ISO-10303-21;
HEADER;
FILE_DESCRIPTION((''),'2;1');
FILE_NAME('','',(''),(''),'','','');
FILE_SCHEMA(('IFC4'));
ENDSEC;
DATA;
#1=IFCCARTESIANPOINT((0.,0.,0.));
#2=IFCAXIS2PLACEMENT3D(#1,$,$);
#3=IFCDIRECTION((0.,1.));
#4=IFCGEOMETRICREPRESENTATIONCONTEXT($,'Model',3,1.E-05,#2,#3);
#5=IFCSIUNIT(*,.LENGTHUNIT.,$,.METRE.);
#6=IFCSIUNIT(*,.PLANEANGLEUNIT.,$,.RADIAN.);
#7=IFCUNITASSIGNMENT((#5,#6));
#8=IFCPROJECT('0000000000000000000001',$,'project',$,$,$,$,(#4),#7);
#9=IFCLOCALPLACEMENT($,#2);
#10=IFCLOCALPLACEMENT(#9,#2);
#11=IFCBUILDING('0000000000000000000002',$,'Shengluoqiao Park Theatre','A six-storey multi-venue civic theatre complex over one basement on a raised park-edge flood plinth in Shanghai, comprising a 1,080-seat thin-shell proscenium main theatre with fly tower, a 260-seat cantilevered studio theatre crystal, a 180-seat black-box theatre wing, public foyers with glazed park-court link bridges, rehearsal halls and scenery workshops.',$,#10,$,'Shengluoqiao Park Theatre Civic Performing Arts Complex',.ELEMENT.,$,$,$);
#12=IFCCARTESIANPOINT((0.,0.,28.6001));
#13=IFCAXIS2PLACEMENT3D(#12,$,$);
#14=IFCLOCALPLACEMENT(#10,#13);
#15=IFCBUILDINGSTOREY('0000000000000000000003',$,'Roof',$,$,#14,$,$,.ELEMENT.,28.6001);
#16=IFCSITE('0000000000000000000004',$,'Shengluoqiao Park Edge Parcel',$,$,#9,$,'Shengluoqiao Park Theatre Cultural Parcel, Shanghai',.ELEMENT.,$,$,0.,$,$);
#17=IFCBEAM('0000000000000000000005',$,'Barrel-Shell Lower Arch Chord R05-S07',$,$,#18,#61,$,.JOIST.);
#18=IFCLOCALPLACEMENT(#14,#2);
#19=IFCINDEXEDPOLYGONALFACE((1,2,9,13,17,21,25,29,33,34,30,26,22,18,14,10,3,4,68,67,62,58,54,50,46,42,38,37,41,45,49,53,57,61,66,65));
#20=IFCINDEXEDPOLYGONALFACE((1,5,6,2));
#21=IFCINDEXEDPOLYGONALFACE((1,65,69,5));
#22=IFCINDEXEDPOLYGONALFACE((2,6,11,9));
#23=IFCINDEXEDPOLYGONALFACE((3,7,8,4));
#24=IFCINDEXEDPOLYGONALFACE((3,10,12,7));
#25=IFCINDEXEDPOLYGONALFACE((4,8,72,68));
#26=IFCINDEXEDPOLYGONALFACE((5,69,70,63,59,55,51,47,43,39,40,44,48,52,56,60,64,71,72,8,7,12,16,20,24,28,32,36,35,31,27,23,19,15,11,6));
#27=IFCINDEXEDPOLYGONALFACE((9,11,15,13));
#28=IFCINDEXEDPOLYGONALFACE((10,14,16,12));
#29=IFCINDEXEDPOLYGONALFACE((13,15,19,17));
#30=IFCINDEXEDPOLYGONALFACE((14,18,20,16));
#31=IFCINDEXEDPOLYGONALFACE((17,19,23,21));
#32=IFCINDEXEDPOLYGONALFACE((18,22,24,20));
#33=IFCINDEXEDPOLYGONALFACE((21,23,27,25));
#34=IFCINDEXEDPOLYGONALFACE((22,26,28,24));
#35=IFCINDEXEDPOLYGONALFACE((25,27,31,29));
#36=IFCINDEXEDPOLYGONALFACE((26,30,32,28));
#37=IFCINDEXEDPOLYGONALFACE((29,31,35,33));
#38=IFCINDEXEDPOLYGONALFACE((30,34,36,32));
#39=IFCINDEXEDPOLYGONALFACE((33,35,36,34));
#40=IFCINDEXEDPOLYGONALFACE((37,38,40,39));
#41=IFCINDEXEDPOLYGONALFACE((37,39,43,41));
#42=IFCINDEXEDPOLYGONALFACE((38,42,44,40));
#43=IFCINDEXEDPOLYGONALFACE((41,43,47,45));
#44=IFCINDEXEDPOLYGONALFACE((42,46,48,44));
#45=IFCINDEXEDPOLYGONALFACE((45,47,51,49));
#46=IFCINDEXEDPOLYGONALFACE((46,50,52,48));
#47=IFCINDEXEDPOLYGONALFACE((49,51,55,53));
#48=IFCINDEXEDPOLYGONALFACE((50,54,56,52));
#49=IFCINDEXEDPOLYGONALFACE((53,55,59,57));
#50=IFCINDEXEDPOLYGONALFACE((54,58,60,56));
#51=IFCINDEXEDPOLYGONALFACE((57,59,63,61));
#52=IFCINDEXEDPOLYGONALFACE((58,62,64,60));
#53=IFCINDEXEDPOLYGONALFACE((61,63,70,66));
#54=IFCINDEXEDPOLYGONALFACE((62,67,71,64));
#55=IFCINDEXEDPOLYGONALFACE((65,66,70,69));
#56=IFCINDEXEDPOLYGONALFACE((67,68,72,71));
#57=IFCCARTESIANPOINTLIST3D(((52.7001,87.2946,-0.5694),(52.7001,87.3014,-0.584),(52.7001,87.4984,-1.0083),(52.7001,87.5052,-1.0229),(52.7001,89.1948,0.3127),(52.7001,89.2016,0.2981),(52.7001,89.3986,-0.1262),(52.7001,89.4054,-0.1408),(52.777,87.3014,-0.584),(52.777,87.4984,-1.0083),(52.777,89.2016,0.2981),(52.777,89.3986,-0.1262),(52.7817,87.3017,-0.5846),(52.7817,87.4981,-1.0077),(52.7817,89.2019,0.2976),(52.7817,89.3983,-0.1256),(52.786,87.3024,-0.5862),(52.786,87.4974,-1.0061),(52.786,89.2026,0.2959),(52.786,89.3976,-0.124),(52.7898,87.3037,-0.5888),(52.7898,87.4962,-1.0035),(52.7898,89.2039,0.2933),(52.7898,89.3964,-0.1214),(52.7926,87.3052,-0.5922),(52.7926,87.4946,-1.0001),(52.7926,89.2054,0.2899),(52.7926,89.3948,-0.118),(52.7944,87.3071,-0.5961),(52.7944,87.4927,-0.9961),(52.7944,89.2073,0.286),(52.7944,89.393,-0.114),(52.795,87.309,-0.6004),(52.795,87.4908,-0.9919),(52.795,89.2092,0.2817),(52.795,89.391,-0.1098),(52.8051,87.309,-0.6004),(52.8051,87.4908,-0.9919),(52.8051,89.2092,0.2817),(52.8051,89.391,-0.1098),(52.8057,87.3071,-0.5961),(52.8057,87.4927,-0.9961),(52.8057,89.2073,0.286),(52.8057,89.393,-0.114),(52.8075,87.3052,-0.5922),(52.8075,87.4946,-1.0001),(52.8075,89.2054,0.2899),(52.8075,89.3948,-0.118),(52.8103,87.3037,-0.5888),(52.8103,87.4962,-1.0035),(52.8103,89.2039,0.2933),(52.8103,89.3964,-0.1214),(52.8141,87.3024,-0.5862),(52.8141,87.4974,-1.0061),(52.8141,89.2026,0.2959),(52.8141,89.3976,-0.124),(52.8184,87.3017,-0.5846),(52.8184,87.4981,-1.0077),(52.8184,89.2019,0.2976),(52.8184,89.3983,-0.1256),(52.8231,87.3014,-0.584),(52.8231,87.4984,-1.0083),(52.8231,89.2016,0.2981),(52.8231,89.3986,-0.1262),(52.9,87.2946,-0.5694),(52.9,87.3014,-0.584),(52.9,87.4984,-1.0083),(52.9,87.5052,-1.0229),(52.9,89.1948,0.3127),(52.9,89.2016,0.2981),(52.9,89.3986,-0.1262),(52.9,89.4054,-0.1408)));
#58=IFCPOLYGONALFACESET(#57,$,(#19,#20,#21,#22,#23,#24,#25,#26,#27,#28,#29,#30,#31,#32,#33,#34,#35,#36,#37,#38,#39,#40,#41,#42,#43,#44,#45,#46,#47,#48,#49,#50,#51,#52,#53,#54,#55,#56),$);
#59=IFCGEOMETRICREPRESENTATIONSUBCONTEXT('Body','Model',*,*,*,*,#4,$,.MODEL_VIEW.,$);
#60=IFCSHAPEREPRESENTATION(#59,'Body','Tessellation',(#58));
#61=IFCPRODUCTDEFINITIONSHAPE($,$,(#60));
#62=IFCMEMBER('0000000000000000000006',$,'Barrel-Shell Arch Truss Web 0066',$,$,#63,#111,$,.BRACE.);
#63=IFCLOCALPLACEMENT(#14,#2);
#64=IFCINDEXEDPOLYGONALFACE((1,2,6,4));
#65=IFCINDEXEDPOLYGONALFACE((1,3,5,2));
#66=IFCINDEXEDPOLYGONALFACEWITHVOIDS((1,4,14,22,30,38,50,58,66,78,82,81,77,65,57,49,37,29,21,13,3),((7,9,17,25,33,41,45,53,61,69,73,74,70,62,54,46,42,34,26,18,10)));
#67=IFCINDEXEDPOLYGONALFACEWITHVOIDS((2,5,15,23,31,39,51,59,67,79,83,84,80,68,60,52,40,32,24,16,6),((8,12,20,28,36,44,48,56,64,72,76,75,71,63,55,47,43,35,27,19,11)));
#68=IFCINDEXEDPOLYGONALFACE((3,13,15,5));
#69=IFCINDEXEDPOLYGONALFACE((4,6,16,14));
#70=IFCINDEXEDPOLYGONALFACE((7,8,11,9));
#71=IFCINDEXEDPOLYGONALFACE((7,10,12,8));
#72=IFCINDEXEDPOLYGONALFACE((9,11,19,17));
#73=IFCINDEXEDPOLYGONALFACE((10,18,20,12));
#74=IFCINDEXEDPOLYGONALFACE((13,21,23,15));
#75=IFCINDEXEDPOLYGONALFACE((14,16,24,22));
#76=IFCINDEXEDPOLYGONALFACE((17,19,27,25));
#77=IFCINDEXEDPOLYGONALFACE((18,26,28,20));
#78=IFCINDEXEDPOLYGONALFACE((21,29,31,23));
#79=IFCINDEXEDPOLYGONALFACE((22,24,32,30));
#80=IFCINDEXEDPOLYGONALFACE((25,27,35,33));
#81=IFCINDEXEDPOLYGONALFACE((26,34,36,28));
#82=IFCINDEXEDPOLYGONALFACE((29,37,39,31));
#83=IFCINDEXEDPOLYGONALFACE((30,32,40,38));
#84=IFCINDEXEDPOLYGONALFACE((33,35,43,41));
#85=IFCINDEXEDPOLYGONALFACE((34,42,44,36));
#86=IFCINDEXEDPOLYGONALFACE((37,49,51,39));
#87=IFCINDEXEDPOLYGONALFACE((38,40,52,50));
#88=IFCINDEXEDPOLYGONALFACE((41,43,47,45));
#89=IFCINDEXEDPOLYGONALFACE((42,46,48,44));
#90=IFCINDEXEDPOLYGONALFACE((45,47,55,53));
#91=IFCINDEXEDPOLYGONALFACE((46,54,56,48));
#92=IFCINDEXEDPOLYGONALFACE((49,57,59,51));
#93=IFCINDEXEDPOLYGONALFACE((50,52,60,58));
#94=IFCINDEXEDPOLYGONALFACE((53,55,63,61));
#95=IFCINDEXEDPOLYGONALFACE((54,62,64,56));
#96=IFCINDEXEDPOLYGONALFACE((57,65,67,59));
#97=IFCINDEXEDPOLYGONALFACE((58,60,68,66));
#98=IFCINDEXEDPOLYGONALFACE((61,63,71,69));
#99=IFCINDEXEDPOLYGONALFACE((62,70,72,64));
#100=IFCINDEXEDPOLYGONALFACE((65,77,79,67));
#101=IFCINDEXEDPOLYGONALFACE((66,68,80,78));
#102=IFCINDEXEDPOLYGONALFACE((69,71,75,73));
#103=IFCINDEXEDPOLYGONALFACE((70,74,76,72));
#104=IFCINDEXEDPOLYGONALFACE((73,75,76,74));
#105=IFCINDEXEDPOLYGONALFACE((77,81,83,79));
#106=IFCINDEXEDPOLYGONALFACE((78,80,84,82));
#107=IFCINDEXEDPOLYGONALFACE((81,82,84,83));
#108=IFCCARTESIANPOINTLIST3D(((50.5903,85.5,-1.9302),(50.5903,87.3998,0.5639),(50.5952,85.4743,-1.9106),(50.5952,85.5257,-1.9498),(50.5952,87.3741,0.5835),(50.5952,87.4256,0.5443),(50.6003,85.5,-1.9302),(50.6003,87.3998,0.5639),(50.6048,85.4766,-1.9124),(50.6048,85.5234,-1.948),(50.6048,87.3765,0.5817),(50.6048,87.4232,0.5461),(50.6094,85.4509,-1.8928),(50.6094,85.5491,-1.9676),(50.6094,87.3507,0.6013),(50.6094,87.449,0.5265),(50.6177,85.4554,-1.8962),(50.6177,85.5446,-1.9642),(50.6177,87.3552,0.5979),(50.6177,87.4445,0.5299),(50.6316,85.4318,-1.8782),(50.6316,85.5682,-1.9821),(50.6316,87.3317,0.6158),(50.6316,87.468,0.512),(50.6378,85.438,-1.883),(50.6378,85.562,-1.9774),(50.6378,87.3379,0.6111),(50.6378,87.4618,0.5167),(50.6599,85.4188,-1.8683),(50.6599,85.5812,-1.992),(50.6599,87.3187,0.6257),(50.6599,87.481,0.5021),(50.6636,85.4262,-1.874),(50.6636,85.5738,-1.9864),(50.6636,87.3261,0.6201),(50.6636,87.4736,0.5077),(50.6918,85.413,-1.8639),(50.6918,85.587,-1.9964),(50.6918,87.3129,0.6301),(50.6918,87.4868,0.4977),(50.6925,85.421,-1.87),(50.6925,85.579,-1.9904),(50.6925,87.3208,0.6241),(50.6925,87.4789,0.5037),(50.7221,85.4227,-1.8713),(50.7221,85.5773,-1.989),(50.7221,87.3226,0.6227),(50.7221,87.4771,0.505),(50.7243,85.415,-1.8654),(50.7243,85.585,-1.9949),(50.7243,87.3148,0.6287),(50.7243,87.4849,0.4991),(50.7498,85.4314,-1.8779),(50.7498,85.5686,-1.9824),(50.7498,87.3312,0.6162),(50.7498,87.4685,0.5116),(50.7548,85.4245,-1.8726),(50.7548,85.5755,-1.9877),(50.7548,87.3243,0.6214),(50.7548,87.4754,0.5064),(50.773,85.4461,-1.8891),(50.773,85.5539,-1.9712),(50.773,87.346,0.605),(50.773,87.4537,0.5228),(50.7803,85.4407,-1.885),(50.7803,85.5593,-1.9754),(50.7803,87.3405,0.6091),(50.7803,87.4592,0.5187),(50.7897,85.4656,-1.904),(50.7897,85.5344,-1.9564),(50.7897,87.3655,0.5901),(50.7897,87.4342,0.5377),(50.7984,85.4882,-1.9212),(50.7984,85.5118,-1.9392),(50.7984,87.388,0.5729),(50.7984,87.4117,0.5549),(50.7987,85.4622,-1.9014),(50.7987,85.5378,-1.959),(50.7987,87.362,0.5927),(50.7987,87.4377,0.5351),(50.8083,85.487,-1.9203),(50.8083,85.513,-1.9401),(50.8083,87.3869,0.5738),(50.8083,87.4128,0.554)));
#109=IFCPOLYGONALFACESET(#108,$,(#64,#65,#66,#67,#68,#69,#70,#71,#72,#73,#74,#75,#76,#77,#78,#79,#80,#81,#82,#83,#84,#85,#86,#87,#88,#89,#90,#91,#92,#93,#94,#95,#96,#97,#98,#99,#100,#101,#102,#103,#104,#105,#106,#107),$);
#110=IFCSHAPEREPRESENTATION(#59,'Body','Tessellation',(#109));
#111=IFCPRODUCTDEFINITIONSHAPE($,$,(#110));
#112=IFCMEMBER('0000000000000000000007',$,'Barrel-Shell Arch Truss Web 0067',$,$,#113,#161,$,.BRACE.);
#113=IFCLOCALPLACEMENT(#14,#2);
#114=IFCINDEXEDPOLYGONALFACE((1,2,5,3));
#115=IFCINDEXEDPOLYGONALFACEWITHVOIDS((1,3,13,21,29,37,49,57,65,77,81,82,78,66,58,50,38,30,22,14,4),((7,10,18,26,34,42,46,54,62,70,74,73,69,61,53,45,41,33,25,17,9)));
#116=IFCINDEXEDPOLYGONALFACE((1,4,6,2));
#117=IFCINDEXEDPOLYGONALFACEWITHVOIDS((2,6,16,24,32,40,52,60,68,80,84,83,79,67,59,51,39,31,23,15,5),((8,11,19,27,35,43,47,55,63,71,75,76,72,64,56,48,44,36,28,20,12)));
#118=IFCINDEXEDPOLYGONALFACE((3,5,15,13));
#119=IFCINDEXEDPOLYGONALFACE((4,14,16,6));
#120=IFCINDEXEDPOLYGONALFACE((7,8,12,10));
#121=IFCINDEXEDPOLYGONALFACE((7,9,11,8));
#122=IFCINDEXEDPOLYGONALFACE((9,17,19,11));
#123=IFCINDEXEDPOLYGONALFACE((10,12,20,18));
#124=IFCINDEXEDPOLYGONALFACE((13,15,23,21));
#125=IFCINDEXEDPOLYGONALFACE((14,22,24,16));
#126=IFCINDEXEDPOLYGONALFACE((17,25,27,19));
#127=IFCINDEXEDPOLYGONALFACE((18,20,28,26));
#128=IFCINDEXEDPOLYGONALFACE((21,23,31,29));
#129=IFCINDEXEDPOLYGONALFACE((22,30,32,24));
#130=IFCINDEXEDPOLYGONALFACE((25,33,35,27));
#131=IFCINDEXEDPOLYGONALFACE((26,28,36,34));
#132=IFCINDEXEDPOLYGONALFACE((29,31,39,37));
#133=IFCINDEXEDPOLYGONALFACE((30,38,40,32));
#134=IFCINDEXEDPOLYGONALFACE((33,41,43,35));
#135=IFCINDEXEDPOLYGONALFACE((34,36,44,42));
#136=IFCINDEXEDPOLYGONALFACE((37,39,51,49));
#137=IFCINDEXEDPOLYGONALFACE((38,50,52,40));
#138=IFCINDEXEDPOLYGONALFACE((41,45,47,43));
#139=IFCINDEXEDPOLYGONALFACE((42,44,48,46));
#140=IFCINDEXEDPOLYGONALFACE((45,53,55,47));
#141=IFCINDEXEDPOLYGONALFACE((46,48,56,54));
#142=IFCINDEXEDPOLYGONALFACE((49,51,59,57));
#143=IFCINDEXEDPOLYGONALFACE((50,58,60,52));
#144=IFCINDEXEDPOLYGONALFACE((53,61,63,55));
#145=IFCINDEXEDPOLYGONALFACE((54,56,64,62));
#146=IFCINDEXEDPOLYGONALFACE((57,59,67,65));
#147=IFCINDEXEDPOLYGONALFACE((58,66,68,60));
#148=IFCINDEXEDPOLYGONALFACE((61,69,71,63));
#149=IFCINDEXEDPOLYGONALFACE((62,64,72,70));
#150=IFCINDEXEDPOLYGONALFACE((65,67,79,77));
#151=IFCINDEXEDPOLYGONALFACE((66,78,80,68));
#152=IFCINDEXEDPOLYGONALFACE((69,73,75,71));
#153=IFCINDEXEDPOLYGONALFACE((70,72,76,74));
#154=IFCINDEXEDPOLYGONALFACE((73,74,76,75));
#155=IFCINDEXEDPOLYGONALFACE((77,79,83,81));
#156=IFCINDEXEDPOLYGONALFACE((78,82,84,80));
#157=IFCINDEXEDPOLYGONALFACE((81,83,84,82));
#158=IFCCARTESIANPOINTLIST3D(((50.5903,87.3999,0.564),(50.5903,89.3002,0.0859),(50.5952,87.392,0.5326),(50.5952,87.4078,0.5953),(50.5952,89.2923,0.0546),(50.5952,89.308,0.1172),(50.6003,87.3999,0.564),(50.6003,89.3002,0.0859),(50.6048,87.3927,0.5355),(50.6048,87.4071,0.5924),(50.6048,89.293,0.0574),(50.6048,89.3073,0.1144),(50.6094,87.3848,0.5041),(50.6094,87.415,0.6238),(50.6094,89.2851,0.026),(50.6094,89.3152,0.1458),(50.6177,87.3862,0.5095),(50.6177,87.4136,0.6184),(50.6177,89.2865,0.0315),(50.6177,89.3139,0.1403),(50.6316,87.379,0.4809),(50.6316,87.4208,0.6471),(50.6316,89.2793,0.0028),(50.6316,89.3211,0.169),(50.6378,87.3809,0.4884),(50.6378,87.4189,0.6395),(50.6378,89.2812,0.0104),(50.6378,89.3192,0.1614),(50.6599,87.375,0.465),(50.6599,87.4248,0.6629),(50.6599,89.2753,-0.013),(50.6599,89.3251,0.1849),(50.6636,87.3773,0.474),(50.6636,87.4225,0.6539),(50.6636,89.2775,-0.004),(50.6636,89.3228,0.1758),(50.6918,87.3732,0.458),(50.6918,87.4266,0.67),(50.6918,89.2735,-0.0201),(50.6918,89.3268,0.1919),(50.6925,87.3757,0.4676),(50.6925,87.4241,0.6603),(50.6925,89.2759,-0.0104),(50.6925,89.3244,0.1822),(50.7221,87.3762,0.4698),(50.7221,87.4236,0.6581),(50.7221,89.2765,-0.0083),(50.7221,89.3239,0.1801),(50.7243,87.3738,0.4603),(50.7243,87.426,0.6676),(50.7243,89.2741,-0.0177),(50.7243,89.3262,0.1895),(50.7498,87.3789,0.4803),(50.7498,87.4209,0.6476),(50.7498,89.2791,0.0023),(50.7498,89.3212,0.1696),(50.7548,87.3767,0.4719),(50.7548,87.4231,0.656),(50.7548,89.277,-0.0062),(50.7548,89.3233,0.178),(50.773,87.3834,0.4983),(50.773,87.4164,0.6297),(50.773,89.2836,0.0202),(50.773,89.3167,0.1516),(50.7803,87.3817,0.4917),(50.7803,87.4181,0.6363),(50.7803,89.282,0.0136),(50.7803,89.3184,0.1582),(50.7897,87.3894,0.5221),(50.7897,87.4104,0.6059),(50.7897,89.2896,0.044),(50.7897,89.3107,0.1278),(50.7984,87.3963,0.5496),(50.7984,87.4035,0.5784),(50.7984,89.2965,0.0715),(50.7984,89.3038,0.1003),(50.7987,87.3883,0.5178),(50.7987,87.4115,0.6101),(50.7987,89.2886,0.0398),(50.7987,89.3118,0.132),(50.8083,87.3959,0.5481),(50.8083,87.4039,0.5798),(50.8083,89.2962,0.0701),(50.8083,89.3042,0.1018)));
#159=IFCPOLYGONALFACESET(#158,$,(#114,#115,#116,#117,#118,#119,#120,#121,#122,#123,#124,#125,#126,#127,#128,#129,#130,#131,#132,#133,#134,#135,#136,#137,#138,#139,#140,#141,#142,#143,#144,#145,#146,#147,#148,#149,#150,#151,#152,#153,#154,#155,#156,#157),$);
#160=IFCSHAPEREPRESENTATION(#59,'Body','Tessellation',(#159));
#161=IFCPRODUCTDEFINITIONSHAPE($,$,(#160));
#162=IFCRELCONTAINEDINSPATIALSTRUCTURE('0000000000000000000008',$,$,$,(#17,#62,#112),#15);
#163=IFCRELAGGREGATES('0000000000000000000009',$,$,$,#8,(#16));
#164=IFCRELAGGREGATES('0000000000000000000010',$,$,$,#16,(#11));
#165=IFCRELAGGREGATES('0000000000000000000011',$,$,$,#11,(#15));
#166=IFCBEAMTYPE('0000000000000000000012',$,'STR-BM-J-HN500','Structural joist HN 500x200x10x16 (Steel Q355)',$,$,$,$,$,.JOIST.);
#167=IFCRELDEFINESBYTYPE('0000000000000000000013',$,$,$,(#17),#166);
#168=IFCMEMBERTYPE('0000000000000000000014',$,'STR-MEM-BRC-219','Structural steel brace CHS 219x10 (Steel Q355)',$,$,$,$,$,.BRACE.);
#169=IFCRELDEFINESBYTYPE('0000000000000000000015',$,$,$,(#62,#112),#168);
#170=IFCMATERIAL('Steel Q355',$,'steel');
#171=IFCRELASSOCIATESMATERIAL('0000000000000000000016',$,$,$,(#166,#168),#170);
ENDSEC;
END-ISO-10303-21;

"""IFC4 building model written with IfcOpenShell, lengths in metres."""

from ifc_helpers import new_model, si_unit, direction, frame, origin, origin_2d, place, context, subcontext, project, spatial, hollow_circle, i_section, extrude, material, material_profile, profile_set, type_object, element, save


model = new_model("IFC4")

# Units and contexts
model_context = context("Model", 3, precision=1e-05, world=origin(), true_north=direction((0.0, 1.0)))
body_context = subcontext(model_context, "Body", "Model", "MODEL_VIEW")
ifc_project = project(units=[si_unit("LENGTHUNIT", "METRE"), si_unit("PLANEANGLEUNIT", "RADIAN")], contexts=[model_context])

# Site, building, storey
site_placement = place(None, origin())
site = spatial("IfcSite", under=ifc_project, at=site_placement, Name="Shengluoqiao Park Edge Parcel", LongName="Shengluoqiao Park Theatre Cultural Parcel, Shanghai", CompositionType="ELEMENT", RefElevation=0.0)
building_placement = place(site_placement, origin())
building = spatial("IfcBuilding", under=site, at=building_placement, Name="Shengluoqiao Park Theatre", Description="A six-storey multi-venue civic theatre complex over one basement on a raised park-edge flood plinth in Shanghai, comprising a 1,080-seat thin-shell proscenium main theatre with fly tower, a 260-seat cantilevered studio theatre crystal, a 180-seat black-box theatre wing, public foyers with glazed park-court link bridges, rehearsal halls and scenery workshops.", LongName="Shengluoqiao Park Theatre Civic Performing Arts Complex", CompositionType="ELEMENT")
storey_placement = place(building_placement, frame((0.0, 0.0, 28.6001)))
storey = spatial("IfcBuildingStorey", under=building, at=storey_placement, Name="Roof", CompositionType="ELEMENT", Elevation=28.6001)

# Beam
ifc_material_1 = material(Name="Steel Q355", Category="steel")
ifc_material_profile_1 = material_profile(ifc_material_1, i_section(OverallWidth=0.2, OverallDepth=0.5, WebThickness=0.01, FlangeThickness=0.0161, FilletRadius=0.0181, at=origin_2d()), Name="HN 500x200x10x16")
ifc_profile_set_1 = profile_set([ifc_material_profile_1], Name="Steel Q355")
beam_type_1 = type_object("IfcBeamType", Name="STR-BM-J-HN500", Description="Structural joist HN 500x200x10x16 (Steel Q355)", PredefinedType="JOIST", material=ifc_profile_set_1)
beam_1_placement = place(storey_placement, frame((52.8, 87.3999, -0.7961), z_axis=(0.0, 0.907033, 0.42106), x_axis=(-1.0, 0.0, 0.0)))
element("IfcBeam", 1, at=beam_1_placement, inside=storey, type_object=beam_type_1, Name="Barrel-Shell Lower Arch Chord R05-S07", PredefinedType="JOIST", context=body_context, shape_type="SweptSolid", body=[
    extrude(i_section(OverallWidth=0.2, OverallDepth=0.5, WebThickness=0.01, FlangeThickness=0.0161, FilletRadius=0.0181, at=origin_2d()), origin(), (0.0, 0.0, 1.0), 2.095),
])

# Members
ifc_material_profile_2 = material_profile(ifc_material_1, hollow_circle(Radius=0.1096, WallThickness=0.01, at=origin_2d()), Name="CHS 219x10")
ifc_profile_set_2 = profile_set([ifc_material_profile_2], Name="Steel Q355")
member_type_1 = type_object("IfcMemberType", Name="STR-MEM-BRC-219", Description="Structural steel brace CHS 219x10 (Steel Q355)", PredefinedType="BRACE", material=ifc_profile_set_2)
member_1_placement = place(storey_placement, frame((50.7, 85.5, -1.9302), z_axis=(0.0, 0.605963, 0.795492), x_axis=(-1.0, 0.0, 0.0)))
element("IfcMember", 2, at=member_1_placement, inside=storey, type_object=member_type_1, Name="Barrel-Shell Arch Truss Web 0066", PredefinedType="BRACE", context=body_context, shape_type="SweptSolid", body=[
    extrude(hollow_circle(Radius=0.1096, WallThickness=0.01, at=origin_2d()), origin(), (0.0, 0.0, 1.0), 3.1353),
])
member_2_placement = place(storey_placement, frame((50.7, 87.3999, 0.564), z_axis=(0.0, 0.969782, -0.243972), x_axis=(-1.0, 0.0, 0.0)))
element("IfcMember", 3, at=member_2_placement, inside=storey, type_object=member_type_1, Name="Barrel-Shell Arch Truss Web 0067", PredefinedType="BRACE", context=body_context, shape_type="SweptSolid", body=[
    extrude(hollow_circle(Radius=0.1096, WallThickness=0.01, at=origin_2d()), origin(), (0.0, 0.0, 1.0), 1.9595),
])

save(model, "model.ifc")
